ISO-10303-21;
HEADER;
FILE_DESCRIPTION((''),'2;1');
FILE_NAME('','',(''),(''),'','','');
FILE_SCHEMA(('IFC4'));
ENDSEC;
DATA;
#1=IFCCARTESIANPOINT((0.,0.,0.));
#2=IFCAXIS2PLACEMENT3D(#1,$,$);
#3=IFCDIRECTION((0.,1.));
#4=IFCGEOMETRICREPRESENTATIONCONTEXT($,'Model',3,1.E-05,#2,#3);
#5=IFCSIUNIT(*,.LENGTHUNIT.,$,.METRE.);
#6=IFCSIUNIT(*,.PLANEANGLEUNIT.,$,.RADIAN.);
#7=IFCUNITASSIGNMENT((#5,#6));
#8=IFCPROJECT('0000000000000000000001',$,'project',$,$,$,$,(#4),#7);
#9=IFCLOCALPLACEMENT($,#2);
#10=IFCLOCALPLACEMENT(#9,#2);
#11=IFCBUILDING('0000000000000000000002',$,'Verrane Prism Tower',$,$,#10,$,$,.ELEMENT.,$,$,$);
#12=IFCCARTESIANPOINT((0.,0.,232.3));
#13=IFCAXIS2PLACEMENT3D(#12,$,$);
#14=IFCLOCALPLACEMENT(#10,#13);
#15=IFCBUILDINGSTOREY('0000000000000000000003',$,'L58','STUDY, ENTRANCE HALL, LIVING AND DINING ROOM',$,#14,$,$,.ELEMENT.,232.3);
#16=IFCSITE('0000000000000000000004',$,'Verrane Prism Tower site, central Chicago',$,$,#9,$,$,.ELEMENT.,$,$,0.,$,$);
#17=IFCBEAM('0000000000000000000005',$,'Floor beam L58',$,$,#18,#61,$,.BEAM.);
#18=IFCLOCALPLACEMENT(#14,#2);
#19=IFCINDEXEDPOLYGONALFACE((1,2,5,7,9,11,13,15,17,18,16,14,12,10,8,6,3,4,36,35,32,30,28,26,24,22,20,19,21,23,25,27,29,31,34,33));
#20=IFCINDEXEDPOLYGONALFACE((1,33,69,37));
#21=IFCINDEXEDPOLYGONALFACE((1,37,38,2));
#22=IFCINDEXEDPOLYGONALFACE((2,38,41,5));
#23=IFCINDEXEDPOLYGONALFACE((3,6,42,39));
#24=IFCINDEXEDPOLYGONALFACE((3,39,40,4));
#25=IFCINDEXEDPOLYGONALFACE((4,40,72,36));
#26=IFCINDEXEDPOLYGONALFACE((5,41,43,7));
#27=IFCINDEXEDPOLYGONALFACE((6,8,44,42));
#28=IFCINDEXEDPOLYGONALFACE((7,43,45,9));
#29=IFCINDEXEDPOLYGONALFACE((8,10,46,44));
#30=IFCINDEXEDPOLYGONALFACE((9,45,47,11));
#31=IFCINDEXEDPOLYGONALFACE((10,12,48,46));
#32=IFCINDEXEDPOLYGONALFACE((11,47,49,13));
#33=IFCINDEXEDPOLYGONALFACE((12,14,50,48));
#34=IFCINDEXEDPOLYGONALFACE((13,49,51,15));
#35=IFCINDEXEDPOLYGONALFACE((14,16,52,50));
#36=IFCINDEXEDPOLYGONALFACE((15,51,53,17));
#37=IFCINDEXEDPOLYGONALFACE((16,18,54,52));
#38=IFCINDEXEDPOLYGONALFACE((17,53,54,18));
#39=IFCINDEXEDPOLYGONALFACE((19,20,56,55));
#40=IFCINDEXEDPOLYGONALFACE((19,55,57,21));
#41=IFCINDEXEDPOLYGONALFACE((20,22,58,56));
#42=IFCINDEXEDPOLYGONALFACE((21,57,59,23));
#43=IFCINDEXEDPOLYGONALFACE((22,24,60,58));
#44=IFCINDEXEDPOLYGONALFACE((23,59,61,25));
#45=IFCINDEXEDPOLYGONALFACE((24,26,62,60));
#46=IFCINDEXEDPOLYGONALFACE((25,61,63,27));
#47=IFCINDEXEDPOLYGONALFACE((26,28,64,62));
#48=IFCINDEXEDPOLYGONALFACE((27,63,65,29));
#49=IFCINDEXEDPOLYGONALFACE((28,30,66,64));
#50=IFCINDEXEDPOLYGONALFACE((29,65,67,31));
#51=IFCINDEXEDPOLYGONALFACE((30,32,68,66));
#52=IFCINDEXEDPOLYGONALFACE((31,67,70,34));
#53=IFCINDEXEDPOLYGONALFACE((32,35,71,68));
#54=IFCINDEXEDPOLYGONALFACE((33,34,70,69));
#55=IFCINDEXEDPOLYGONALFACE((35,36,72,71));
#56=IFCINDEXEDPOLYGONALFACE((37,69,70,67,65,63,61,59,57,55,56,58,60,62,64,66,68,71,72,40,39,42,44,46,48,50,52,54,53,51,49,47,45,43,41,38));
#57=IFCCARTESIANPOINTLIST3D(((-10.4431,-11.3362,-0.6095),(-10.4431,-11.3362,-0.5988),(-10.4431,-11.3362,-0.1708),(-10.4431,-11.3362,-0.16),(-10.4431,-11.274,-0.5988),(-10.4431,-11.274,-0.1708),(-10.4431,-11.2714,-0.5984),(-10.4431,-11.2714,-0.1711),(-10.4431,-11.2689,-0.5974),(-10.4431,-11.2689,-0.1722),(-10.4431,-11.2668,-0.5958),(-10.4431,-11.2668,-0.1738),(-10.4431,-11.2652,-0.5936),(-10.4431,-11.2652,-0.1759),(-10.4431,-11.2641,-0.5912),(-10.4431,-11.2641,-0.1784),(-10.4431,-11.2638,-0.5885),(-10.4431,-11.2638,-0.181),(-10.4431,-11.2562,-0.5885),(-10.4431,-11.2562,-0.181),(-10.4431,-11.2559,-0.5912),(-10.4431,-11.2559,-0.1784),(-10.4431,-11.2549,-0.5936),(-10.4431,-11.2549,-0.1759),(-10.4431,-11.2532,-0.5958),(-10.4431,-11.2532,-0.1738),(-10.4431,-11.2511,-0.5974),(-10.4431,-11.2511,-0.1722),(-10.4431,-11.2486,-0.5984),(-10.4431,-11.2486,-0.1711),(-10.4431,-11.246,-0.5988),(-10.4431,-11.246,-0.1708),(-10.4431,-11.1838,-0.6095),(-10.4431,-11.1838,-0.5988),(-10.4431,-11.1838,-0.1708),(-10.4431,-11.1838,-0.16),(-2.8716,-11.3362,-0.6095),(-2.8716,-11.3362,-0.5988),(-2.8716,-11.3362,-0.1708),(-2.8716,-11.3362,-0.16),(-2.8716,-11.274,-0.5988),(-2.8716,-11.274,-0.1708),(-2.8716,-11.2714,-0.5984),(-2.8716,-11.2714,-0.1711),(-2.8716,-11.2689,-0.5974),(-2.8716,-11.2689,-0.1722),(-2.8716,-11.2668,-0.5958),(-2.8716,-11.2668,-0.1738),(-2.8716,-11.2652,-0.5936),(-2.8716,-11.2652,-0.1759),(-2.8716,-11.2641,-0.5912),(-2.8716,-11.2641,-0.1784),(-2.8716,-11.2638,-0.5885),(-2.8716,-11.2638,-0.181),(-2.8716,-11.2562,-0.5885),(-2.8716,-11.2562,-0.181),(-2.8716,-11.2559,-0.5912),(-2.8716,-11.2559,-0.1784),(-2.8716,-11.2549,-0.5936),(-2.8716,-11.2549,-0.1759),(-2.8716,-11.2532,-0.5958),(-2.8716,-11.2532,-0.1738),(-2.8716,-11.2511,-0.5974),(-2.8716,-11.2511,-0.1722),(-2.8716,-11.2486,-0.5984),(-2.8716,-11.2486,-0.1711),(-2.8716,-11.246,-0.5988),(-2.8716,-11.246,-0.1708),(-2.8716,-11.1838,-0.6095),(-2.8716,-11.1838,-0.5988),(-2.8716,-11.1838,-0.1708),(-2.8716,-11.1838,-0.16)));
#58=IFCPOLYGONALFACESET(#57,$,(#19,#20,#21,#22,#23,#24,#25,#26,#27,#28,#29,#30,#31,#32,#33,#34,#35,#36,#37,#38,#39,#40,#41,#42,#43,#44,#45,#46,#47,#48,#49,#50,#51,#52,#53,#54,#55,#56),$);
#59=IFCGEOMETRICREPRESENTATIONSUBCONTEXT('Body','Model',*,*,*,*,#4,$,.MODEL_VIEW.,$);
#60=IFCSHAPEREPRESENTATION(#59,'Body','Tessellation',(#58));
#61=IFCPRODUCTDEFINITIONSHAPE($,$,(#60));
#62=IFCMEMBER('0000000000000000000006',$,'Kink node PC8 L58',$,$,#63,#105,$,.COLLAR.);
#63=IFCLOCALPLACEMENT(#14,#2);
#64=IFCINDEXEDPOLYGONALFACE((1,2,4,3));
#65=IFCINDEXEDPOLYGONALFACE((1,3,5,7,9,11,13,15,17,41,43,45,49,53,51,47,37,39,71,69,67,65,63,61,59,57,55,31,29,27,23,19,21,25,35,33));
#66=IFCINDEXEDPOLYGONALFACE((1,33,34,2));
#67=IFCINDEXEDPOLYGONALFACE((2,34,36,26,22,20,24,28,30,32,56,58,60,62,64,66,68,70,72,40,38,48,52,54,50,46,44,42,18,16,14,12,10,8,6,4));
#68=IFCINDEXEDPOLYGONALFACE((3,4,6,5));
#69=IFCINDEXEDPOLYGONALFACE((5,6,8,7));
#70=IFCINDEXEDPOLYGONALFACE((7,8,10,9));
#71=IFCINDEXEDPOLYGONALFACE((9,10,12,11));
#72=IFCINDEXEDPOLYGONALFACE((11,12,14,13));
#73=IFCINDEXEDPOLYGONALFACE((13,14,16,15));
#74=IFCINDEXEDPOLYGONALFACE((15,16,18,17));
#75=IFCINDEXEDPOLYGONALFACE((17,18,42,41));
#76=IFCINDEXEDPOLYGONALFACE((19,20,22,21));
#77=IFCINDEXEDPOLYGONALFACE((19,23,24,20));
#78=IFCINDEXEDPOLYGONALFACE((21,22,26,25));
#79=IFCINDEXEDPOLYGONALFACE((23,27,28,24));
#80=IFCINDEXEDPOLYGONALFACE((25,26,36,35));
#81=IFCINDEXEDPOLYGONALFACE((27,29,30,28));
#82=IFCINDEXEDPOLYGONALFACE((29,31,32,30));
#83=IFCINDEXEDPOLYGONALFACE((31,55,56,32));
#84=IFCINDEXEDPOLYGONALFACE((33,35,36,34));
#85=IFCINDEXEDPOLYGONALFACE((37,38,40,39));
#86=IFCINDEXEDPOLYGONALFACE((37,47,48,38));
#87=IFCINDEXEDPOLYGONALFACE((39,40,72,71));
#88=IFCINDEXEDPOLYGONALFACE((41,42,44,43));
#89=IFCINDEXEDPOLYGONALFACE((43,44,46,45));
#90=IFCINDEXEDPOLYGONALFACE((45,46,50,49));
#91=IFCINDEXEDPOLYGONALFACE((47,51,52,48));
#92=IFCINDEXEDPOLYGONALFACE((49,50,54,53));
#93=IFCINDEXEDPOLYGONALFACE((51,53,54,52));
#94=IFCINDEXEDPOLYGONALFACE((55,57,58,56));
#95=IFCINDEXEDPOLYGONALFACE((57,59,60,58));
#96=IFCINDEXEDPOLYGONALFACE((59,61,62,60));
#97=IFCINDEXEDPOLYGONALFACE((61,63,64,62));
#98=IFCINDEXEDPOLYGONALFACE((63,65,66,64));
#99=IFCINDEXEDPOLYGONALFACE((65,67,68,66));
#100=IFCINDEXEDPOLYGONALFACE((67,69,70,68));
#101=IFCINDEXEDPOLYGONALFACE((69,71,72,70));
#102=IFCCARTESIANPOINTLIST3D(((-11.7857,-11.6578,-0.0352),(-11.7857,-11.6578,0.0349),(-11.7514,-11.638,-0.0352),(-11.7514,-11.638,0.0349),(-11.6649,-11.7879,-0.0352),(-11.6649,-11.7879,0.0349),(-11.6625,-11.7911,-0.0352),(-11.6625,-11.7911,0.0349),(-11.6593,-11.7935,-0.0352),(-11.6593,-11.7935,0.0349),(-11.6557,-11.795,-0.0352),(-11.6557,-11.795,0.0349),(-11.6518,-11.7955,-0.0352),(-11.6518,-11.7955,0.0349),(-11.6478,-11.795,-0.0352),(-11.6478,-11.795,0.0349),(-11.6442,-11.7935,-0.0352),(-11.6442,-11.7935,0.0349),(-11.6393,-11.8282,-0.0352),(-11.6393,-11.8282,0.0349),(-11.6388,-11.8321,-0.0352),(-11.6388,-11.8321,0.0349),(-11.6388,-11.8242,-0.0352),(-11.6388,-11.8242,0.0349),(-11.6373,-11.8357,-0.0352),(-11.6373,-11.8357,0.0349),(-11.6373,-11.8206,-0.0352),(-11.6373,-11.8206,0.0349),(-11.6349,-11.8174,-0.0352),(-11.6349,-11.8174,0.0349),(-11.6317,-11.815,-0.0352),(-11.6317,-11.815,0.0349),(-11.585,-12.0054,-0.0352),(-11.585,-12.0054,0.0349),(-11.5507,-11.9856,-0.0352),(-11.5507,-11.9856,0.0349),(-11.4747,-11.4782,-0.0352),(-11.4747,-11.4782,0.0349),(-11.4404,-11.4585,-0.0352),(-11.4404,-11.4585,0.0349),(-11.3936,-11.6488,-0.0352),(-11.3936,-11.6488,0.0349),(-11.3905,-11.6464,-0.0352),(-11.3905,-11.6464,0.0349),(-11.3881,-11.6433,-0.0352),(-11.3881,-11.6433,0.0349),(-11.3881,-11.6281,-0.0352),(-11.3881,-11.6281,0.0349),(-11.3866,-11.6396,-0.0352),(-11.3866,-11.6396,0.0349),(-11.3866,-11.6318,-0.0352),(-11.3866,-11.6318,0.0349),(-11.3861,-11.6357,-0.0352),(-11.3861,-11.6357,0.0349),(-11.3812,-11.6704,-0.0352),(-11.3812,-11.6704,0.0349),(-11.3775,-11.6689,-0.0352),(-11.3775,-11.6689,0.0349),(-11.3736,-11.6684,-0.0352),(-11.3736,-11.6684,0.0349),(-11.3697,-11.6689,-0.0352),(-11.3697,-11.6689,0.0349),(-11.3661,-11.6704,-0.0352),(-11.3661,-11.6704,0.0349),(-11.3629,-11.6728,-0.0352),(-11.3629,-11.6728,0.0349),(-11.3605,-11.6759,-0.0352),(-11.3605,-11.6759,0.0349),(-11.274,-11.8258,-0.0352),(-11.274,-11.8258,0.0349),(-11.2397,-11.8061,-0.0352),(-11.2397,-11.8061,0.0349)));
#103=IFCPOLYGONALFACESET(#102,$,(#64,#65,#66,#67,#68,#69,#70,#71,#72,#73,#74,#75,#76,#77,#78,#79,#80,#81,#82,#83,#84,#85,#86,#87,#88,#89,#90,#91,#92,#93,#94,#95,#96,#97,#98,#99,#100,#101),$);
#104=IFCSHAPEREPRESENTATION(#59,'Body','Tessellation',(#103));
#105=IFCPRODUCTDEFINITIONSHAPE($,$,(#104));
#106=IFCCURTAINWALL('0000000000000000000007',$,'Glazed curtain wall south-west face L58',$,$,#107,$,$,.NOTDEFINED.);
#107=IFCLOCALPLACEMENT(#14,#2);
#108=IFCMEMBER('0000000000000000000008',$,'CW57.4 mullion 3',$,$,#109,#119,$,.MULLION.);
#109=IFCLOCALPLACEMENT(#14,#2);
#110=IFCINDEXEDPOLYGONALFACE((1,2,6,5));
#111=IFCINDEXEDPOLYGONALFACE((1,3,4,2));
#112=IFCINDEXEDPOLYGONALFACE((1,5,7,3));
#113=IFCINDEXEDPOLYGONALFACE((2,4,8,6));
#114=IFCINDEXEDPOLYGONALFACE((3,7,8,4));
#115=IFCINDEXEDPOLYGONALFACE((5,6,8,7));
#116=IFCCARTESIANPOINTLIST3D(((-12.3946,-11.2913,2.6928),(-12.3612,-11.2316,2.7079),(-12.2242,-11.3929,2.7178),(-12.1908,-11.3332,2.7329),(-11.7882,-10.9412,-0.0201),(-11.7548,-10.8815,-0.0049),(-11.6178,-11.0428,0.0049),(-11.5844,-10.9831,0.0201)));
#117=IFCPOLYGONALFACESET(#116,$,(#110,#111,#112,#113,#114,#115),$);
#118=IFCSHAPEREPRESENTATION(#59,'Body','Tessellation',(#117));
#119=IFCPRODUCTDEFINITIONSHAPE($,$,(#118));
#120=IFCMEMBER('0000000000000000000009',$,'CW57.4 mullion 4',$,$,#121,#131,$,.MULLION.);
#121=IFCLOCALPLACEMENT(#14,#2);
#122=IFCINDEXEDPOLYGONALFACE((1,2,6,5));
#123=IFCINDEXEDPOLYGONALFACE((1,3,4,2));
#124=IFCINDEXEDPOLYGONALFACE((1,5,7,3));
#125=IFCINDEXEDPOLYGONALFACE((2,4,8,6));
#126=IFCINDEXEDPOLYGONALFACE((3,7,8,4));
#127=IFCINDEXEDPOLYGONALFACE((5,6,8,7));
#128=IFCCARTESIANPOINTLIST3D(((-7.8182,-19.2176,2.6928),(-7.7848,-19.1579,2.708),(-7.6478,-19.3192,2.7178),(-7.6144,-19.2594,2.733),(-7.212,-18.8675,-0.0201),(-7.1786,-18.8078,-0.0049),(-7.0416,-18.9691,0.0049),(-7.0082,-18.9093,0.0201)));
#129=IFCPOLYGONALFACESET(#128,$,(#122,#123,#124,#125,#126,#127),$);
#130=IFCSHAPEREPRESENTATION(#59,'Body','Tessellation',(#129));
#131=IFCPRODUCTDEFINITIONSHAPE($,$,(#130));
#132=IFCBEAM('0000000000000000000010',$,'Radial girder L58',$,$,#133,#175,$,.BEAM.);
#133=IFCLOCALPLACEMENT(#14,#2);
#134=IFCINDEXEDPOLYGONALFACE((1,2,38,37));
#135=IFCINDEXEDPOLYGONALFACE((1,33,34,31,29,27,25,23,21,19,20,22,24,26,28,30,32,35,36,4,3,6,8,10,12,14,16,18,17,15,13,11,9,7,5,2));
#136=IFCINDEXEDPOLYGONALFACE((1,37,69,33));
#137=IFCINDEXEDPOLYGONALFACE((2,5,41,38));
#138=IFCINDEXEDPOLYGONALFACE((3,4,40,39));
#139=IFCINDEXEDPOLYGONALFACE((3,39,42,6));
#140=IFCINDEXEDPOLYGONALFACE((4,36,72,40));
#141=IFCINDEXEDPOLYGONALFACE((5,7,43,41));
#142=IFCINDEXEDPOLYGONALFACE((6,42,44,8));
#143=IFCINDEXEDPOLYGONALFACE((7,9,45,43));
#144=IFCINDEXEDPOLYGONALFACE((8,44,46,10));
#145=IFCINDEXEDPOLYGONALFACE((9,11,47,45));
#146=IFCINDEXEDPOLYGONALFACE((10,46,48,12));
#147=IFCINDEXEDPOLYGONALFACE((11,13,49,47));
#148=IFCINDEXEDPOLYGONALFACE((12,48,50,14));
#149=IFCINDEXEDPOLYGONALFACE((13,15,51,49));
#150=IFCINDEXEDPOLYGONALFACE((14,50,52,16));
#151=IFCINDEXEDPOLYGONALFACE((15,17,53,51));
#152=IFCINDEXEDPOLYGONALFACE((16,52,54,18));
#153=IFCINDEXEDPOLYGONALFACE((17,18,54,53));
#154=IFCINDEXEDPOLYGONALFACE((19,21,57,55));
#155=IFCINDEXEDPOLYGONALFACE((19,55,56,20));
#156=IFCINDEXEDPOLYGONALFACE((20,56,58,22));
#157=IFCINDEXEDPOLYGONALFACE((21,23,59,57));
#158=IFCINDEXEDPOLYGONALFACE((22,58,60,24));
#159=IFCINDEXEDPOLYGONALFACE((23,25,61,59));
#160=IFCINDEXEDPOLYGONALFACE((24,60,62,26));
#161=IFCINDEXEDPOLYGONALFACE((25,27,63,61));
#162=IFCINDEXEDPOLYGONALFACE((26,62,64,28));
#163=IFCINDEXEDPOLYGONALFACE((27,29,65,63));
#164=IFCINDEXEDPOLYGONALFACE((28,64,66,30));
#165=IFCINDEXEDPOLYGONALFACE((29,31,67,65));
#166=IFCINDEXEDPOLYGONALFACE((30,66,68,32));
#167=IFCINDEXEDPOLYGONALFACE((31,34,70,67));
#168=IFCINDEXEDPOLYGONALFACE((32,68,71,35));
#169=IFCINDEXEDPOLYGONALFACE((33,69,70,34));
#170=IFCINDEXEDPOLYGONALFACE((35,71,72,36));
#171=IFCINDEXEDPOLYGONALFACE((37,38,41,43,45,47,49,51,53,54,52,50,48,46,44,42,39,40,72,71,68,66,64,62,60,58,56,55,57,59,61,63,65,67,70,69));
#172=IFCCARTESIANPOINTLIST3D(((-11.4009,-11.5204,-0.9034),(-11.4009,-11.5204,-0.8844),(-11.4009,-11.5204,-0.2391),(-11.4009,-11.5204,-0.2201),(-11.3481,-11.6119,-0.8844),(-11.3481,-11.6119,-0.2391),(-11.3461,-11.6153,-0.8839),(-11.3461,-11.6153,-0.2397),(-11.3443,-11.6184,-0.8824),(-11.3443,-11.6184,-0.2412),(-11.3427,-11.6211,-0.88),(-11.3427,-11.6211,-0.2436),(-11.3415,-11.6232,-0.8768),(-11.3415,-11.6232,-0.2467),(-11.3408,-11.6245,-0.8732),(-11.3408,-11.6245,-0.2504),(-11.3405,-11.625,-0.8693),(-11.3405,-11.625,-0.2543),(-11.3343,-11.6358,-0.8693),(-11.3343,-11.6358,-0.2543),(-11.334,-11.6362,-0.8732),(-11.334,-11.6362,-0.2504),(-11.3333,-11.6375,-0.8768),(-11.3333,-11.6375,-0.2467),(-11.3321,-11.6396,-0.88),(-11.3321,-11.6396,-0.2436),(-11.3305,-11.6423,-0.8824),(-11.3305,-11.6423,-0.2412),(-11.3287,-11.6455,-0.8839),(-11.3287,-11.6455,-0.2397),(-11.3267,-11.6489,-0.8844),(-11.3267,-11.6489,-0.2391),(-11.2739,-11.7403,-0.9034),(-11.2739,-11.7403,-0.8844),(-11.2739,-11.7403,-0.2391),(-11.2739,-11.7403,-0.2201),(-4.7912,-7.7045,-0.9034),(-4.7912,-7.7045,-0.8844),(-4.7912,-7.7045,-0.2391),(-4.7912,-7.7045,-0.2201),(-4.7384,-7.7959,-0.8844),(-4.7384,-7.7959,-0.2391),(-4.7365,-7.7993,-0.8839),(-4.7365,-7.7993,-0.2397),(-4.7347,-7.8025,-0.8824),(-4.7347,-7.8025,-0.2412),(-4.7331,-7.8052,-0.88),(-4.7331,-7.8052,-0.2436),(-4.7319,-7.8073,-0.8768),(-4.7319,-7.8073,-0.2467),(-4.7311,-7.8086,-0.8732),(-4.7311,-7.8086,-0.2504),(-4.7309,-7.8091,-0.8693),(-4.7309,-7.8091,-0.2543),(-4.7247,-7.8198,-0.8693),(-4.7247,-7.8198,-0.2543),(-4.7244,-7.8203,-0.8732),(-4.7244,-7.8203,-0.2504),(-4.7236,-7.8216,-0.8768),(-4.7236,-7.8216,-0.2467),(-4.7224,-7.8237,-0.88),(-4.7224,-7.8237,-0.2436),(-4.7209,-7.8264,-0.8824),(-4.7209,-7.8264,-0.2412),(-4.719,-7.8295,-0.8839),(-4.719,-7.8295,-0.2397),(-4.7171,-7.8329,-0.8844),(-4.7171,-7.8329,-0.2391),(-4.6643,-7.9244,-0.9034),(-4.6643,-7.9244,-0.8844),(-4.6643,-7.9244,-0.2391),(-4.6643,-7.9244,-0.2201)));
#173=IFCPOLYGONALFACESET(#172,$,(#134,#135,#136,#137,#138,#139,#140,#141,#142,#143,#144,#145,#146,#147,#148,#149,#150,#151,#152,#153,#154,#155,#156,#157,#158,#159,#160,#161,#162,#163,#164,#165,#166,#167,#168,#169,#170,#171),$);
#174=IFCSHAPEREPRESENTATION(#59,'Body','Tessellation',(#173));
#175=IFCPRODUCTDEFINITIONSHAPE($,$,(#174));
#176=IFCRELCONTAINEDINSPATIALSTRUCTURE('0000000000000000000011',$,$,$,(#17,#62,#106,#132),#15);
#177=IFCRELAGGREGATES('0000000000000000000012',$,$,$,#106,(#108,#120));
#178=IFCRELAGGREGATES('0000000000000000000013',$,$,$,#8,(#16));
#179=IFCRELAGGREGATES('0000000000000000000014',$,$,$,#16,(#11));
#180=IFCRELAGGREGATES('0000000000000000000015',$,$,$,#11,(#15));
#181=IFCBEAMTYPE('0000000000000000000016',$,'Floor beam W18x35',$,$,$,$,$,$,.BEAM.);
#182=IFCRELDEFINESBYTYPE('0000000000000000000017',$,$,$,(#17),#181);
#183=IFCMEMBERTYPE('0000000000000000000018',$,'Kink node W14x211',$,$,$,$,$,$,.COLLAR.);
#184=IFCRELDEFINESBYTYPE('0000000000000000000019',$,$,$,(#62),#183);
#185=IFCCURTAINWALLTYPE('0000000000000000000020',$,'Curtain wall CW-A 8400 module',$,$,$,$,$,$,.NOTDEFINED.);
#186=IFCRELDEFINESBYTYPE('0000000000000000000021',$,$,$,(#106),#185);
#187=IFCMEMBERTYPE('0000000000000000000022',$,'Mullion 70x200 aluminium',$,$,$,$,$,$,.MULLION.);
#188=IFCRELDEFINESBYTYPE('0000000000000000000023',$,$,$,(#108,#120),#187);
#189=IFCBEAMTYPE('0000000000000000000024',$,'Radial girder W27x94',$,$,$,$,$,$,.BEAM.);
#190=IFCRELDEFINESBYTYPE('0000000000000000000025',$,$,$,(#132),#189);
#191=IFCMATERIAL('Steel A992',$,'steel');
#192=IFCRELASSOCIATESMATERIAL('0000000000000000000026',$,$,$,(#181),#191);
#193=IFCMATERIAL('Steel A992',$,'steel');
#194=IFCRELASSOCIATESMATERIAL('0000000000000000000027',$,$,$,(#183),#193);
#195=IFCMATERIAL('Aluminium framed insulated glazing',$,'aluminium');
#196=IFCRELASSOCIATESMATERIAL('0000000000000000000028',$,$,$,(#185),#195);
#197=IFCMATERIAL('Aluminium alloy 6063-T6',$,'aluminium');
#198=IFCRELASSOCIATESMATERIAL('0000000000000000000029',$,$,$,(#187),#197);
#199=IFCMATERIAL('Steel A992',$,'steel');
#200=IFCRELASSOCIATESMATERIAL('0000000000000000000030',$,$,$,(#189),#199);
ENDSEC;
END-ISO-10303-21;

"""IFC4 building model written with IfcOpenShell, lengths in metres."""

from ifc_helpers import new_model, si_unit, direction, frame, origin, origin_2d, place, context, subcontext, project, spatial, rectangle, i_section, extrude, material, material_profile, profile_set, type_object, element, aggregate, save


model = new_model("IFC4")

# Units and contexts
model_context = context("Model", 3, precision=1e-05, world=origin(), true_north=direction((0.0, 1.0)))
body_context = subcontext(model_context, "Body", "Model", "MODEL_VIEW")
ifc_project = project(units=[si_unit("LENGTHUNIT", "METRE"), si_unit("PLANEANGLEUNIT", "RADIAN")], contexts=[model_context])

# Site, building, storey
site_placement = place(None, origin())
site = spatial("IfcSite", under=ifc_project, at=site_placement, Name="Verrane Prism Tower site, central Chicago", CompositionType="ELEMENT", RefElevation=0.0)
building_placement = place(site_placement, origin())
building = spatial("IfcBuilding", under=site, at=building_placement, Name="Verrane Prism Tower", CompositionType="ELEMENT")
storey_placement = place(building_placement, frame((0.0, 0.0, 232.3)))
storey = spatial("IfcBuildingStorey", under=building, at=storey_placement, Name="L58", Description="STUDY, ENTRANCE HALL, LIVING AND DINING ROOM", CompositionType="ELEMENT", Elevation=232.3)

# Beam
ifc_material_1 = material(Name="Steel A992", Category="steel")
ifc_material_profile_1 = material_profile(ifc_material_1, i_section(OverallWidth=0.1523, OverallDepth=0.4495, WebThickness=0.0076, FlangeThickness=0.0107, FilletRadius=0.0103, at=origin_2d()), Name="W18x35")
ifc_profile_set_1 = profile_set([ifc_material_profile_1], Name="Steel A992")
beam_type_1 = type_object("IfcBeamType", Name="Floor beam W18x35", PredefinedType="BEAM", material=ifc_profile_set_1)
beam_1_placement = place(storey_placement, frame((-10.4431, -11.26, -0.3848), z_axis=(1.0, 0.0, 0.0), x_axis=(0.0, 1.0, 0.0)))
element("IfcBeam", 1, at=beam_1_placement, inside=storey, type_object=beam_type_1, Name="Floor beam L58", PredefinedType="BEAM", context=body_context, shape_type="SweptSolid", body=[
    extrude(i_section(OverallWidth=0.1523, OverallDepth=0.4495, WebThickness=0.0076, FlangeThickness=0.0107, FilletRadius=0.0103, at=origin_2d()), origin(), (0.0, 0.0, 1.0), 7.5715),
])

# Member
ifc_material_2 = material(Name="Steel A992", Category="steel")
ifc_material_profile_2 = material_profile(ifc_material_2, i_section(OverallWidth=0.4014, OverallDepth=0.3987, WebThickness=0.0249, FlangeThickness=0.0396, FilletRadius=0.0151, at=origin_2d()), Name="W14x211")
ifc_profile_set_2 = profile_set([ifc_material_profile_2], Name="Steel A992")
member_type_1 = type_object("IfcMemberType", Name="Kink node W14x211", PredefinedType="COLLAR", material=ifc_profile_set_2)
member_1_placement = place(storey_placement, frame((-11.5127, -11.7319, -0.0352), z_axis=(0.0, 0.0, 1.0), x_axis=(-0.5, 0.866025, 0.0)))
element("IfcMember", 2, at=member_1_placement, inside=storey, type_object=member_type_1, Name="Kink node PC8 L58", PredefinedType="COLLAR", context=body_context, shape_type="SweptSolid", body=[
    extrude(i_section(OverallWidth=0.4014, OverallDepth=0.3987, WebThickness=0.0249, FlangeThickness=0.0396, FilletRadius=0.0151, at=origin_2d()), origin(), (0.0, 0.0, 1.0), 0.0701),
])

# Curtain wall, members
ifc_material_3 = material(Name="Aluminium framed insulated glazing", Category="aluminium")
curtain_wall_type = type_object("IfcCurtainWallType", Name="Curtain wall CW-A 8400 module", PredefinedType="NOTDEFINED", material=ifc_material_3)
curtain_wall_placement = place(storey_placement, origin())
curtain_wall = element("IfcCurtainWall", 3, at=curtain_wall_placement, inside=storey, type_object=curtain_wall_type, Name="Glazed curtain wall south-west face L58", PredefinedType="NOTDEFINED")
ifc_material_4 = material(Name="Aluminium alloy 6063-T6", Category="aluminium")
ifc_material_profile_3 = material_profile(ifc_material_4, rectangle(XDim=0.2, YDim=0.0701, at=origin_2d()), Name="Mullion 70x200 aluminium")
ifc_profile_set_3 = profile_set([ifc_material_profile_3], Name="Aluminium alloy 6063-T6")
member_type_2 = type_object("IfcMemberType", Name="Mullion 70x200 aluminium", PredefinedType="MULLION", material=ifc_profile_set_3)
member_2_placement = place(storey_placement, frame((-11.6863, -10.9622, 0.0), z_axis=(-0.216448, -0.124954, 0.968265), x_axis=(0.852263, -0.507969, 0.124963)))
member_2 = element("IfcMember", 4, at=member_2_placement, type_object=member_type_2, Name="CW57.4 mullion 3", PredefinedType="MULLION", context=body_context, shape_type="SweptSolid", body=[
    extrude(rectangle(XDim=0.2, YDim=0.0701, at=origin_2d()), origin(), (0.0, 0.0, 1.0), 2.8018),
])
member_3_placement = place(storey_placement, frame((-7.1101, -18.8884, 0.0), z_axis=(-0.216365, -0.124957, 0.968283), x_axis=(0.852359, -0.507816, 0.124928)))
member_3 = element("IfcMember", 5, at=member_3_placement, type_object=member_type_2, Name="CW57.4 mullion 4", PredefinedType="MULLION", context=body_context, shape_type="SweptSolid", body=[
    extrude(rectangle(XDim=0.2, YDim=0.0701, at=origin_2d()), origin(), (0.0, 0.0, 1.0), 2.8018),
])

# Beam
ifc_material_5 = material(Name="Steel A992", Category="steel")
ifc_material_profile_4 = material_profile(ifc_material_5, i_section(OverallWidth=0.2539, OverallDepth=0.6833, WebThickness=0.0125, FlangeThickness=0.019, FilletRadius=0.0151, at=origin_2d()), Name="W27x94")
ifc_profile_set_4 = profile_set([ifc_material_profile_4], Name="Steel A992")
beam_type_2 = type_object("IfcBeamType", Name="Radial girder W27x94", PredefinedType="BEAM", material=ifc_profile_set_4)
beam_2_placement = place(storey_placement, frame((-11.3374, -11.6304, -0.5618), z_axis=(0.866034, 0.499986, 0.0), x_axis=(-0.499986, 0.866034, 0.0)))
element("IfcBeam", 6, at=beam_2_placement, inside=storey, type_object=beam_type_2, Name="Radial girder L58", PredefinedType="BEAM", context=body_context, shape_type="SweptSolid", body=[
    extrude(i_section(OverallWidth=0.2539, OverallDepth=0.6833, WebThickness=0.0125, FlangeThickness=0.019, FilletRadius=0.0151, at=origin_2d()), origin(), (0.0, 0.0, 1.0), 7.6321),
])

aggregate(curtain_wall, [member_2, member_3])

save(model, "model.ifc")
